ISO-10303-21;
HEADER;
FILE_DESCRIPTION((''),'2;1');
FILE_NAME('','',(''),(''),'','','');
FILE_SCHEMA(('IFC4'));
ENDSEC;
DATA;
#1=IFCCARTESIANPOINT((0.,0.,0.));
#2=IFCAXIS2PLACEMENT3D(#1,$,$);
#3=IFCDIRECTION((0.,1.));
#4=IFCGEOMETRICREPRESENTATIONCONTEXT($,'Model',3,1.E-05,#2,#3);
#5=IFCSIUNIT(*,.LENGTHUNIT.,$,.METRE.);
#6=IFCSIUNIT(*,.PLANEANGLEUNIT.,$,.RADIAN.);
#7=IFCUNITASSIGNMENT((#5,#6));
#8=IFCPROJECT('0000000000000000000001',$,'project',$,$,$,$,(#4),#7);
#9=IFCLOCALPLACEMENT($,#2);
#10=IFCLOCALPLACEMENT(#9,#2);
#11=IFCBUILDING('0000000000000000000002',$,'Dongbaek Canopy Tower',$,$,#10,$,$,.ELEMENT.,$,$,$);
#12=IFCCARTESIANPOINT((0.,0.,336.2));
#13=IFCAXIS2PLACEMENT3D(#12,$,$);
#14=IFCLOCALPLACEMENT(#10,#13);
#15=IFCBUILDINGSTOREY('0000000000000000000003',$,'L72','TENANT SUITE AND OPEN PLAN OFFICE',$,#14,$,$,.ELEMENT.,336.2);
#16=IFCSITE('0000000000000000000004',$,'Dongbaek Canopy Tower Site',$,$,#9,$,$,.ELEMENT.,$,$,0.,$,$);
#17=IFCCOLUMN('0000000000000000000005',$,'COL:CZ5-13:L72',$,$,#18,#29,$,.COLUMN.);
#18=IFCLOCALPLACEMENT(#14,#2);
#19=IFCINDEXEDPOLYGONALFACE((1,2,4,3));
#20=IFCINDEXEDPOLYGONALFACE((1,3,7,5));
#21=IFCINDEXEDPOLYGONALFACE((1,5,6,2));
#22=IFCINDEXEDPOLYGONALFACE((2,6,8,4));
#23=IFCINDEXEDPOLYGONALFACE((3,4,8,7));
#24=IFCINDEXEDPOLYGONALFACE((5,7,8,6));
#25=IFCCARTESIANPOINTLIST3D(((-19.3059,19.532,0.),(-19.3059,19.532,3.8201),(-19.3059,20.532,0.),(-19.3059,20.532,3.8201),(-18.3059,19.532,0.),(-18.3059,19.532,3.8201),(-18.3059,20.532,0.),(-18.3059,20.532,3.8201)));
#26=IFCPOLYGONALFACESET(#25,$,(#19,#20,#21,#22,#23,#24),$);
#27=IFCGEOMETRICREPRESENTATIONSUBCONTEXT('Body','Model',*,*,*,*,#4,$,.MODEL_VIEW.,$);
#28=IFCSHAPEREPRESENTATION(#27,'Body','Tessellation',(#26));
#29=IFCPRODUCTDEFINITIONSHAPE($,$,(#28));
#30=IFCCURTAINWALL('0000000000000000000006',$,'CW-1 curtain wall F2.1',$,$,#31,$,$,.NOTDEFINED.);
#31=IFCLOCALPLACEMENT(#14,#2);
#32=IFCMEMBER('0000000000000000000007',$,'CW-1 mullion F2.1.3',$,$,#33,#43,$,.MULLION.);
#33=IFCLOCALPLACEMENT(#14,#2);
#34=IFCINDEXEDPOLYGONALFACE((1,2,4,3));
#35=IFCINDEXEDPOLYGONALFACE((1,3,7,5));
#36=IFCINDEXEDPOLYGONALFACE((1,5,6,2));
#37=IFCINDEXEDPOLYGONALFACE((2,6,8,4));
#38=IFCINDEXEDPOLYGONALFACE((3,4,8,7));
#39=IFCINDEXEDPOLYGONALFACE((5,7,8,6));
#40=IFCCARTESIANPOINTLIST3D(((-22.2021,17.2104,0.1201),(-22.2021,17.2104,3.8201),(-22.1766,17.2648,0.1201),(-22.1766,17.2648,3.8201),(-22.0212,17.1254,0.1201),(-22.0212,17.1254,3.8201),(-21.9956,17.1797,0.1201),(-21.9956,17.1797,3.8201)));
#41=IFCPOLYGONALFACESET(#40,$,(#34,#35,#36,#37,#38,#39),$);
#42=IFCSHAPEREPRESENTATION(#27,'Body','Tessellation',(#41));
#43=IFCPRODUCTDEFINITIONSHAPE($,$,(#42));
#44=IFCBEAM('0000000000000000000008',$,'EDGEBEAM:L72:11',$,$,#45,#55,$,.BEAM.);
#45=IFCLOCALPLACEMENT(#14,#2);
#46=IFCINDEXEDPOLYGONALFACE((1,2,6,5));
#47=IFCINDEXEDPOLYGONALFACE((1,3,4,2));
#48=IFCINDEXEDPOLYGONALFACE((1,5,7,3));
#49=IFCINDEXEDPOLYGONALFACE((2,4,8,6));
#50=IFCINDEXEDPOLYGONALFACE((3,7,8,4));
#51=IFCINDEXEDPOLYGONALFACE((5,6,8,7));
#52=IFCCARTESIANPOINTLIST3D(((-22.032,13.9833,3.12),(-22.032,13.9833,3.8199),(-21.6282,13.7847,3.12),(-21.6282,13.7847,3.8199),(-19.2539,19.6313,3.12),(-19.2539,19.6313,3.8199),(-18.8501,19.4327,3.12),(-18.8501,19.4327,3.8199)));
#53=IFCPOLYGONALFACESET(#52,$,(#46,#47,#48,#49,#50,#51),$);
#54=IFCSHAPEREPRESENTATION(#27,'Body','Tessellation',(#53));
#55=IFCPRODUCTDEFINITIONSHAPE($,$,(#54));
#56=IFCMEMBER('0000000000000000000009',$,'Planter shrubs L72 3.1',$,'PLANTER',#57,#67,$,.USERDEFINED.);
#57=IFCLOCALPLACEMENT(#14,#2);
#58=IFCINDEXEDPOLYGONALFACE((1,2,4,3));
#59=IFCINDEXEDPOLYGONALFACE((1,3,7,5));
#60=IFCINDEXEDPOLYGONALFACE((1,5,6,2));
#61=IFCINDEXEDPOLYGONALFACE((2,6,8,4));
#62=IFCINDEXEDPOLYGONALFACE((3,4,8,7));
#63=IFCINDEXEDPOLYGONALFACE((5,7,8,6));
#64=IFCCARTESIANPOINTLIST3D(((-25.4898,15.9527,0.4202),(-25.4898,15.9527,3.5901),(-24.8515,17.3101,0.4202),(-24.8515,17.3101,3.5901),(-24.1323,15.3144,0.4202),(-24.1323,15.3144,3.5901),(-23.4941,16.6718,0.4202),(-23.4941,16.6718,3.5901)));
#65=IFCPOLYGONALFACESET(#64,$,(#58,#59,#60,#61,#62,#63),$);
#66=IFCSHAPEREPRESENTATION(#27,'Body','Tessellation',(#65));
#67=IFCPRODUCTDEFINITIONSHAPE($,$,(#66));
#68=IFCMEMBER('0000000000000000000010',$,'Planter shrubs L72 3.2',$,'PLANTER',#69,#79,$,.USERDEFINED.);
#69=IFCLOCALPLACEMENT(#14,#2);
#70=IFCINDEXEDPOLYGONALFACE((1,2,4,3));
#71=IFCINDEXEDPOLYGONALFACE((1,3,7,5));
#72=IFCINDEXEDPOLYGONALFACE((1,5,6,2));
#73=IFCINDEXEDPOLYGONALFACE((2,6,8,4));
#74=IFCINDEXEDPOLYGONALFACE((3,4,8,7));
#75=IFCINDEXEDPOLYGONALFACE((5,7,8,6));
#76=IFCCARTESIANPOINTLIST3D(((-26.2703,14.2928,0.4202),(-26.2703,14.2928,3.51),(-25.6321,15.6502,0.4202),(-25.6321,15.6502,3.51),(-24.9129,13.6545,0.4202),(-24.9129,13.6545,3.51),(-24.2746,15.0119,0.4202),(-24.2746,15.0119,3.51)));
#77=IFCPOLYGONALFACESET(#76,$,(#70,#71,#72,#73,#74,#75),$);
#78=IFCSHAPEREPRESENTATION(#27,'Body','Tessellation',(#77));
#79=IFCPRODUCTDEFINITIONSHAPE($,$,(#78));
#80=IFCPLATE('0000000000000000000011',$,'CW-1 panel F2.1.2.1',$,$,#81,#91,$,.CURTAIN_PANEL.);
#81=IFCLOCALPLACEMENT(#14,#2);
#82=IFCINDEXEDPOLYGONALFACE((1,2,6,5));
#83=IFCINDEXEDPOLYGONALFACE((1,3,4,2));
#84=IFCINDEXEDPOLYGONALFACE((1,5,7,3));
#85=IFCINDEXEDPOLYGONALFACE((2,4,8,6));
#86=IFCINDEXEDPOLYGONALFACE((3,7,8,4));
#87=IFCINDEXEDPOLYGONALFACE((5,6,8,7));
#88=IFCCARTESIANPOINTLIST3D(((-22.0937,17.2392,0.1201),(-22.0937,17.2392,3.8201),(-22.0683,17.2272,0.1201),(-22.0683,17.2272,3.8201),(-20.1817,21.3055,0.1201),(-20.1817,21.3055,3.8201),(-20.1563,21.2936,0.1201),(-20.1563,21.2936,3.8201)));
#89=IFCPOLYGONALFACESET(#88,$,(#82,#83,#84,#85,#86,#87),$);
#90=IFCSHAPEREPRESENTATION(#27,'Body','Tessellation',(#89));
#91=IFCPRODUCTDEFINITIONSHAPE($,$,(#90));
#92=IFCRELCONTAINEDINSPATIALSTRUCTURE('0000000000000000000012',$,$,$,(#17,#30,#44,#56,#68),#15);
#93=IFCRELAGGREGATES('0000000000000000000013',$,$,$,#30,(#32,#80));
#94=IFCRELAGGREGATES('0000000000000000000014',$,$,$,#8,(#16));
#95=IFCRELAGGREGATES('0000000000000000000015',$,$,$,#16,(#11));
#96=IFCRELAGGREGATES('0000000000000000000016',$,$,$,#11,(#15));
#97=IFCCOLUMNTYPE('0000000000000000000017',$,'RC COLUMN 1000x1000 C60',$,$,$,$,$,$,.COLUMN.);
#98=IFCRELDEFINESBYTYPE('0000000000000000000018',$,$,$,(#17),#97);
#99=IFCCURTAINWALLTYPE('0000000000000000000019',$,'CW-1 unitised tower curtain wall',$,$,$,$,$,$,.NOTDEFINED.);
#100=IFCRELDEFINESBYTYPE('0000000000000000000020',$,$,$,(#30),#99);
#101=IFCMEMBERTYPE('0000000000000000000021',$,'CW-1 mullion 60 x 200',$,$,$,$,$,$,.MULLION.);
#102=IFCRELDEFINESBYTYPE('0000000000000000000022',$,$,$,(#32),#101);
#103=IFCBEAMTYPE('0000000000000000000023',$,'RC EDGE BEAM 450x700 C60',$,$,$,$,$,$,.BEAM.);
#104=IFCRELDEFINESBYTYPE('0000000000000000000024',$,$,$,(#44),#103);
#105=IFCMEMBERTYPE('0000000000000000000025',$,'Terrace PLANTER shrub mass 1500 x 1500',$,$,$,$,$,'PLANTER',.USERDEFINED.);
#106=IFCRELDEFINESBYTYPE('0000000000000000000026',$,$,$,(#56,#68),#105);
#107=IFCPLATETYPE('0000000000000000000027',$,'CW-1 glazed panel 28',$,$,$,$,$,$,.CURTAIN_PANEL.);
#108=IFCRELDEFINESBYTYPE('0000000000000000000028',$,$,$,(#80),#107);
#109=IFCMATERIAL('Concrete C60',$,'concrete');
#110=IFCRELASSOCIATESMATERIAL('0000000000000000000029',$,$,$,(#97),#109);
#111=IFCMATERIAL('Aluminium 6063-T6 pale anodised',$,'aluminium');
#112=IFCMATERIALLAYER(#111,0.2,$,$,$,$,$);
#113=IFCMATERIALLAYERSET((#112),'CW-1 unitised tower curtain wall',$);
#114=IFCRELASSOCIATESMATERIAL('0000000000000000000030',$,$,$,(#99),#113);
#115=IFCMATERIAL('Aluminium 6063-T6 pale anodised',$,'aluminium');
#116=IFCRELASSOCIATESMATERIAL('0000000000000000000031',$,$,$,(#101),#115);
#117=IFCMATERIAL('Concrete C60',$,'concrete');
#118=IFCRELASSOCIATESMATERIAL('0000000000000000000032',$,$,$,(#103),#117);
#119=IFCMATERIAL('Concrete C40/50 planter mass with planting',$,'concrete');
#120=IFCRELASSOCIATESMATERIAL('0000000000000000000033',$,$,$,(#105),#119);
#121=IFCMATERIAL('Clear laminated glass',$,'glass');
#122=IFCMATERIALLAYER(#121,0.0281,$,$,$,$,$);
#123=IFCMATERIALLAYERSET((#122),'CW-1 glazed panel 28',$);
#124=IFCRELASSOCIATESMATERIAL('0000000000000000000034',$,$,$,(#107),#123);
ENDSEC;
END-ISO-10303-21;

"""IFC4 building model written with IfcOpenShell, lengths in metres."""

from ifc_helpers import new_model, si_unit, direction, frame, origin, origin_2d, place, context, subcontext, project, spatial, rectangle, extrude, material, layer, layer_set, material_profile, profile_set, type_object, element, aggregate, save


model = new_model("IFC4")

# Units and contexts
model_context = context("Model", 3, precision=1e-05, world=origin(), true_north=direction((0.0, 1.0)))
body_context = subcontext(model_context, "Body", "Model", "MODEL_VIEW")
ifc_project = project(units=[si_unit("LENGTHUNIT", "METRE"), si_unit("PLANEANGLEUNIT", "RADIAN")], contexts=[model_context])

# Site, building, storey
site_placement = place(None, origin())
site = spatial("IfcSite", under=ifc_project, at=site_placement, Name="Dongbaek Canopy Tower Site", CompositionType="ELEMENT", RefElevation=0.0)
building_placement = place(site_placement, origin())
building = spatial("IfcBuilding", under=site, at=building_placement, Name="Dongbaek Canopy Tower", CompositionType="ELEMENT")
storey_placement = place(building_placement, frame((0.0, 0.0, 336.2)))
storey = spatial("IfcBuildingStorey", under=building, at=storey_placement, Name="L72", Description="TENANT SUITE AND OPEN PLAN OFFICE", CompositionType="ELEMENT", Elevation=336.2)

# Column
ifc_material_1 = material(Name="Concrete C60", Category="concrete")
ifc_material_profile_1 = material_profile(ifc_material_1, rectangle(XDim=1.0, YDim=1.0, at=origin_2d()), Name="RC COLUMN 1000x1000 C60")
ifc_profile_set_1 = profile_set([ifc_material_profile_1], Name="Concrete C60")
column_type = type_object("IfcColumnType", Name="RC COLUMN 1000x1000 C60", PredefinedType="COLUMN", material=ifc_profile_set_1)
column_placement = place(storey_placement, frame((-18.8059, 20.032, 0.0), z_axis=(0.0, 0.0, 1.0), x_axis=(1.0, 0.0, 0.0)))
element("IfcColumn", 1, at=column_placement, inside=storey, type_object=column_type, Name="COL:CZ5-13:L72", PredefinedType="COLUMN", context=body_context, shape_type="SweptSolid", body=[
    extrude(rectangle(XDim=1.0, YDim=1.0, at=origin_2d()), origin(), (0.0, 0.0, 1.0), 3.8201),
])

# Curtain wall, member
ifc_material_2 = material(Name="Aluminium 6063-T6 pale anodised", Category="aluminium")
ifc_layer_1 = layer(ifc_material_2, 0.2)
ifc_layer_set_1 = layer_set([ifc_layer_1], Name="CW-1 unitised tower curtain wall")
curtain_wall_type = type_object("IfcCurtainWallType", Name="CW-1 unitised tower curtain wall", PredefinedType="NOTDEFINED", material=ifc_layer_set_1)
curtain_wall_placement = place(storey_placement, origin())
curtain_wall = element("IfcCurtainWall", 2, at=curtain_wall_placement, inside=storey, type_object=curtain_wall_type, Name="CW-1 curtain wall F2.1", PredefinedType="NOTDEFINED")
ifc_material_3 = material(Name="Aluminium 6063-T6 pale anodised", Category="aluminium")
ifc_material_profile_2 = material_profile(ifc_material_3, rectangle(XDim=0.2, YDim=0.0601, at=origin_2d()), Name="CW-1 mullion 60 x 200")
ifc_profile_set_2 = profile_set([ifc_material_profile_2], Name="Aluminium 6063-T6 pale anodised")
member_type_1 = type_object("IfcMemberType", Name="CW-1 mullion 60 x 200", PredefinedType="MULLION", material=ifc_profile_set_2)
member_1_placement = place(storey_placement, frame((-22.0989, 17.1951, 0.1201), z_axis=(0.0, 0.0, 1.0), x_axis=(-0.904958, 0.4255, 0.0)))
member_1 = element("IfcMember", 3, at=member_1_placement, type_object=member_type_1, Name="CW-1 mullion F2.1.3", PredefinedType="MULLION", context=body_context, shape_type="SweptSolid", body=[
    extrude(rectangle(XDim=0.2, YDim=0.0601, at=origin_2d()), origin(), (0.0, 0.0, 1.0), 3.7),
])

# Beam
ifc_material_4 = material(Name="Concrete C60", Category="concrete")
ifc_material_profile_3 = material_profile(ifc_material_4, rectangle(XDim=0.45, YDim=0.7, at=origin_2d()), Name="RC EDGE BEAM 450x700 C60")
ifc_profile_set_3 = profile_set([ifc_material_profile_3], Name="Concrete C60")
beam_type = type_object("IfcBeamType", Name="RC EDGE BEAM 450x700 C60", PredefinedType="BEAM", material=ifc_profile_set_3)
beam_placement = place(storey_placement, frame((-21.8301, 13.884, 3.47), z_axis=(0.44137, 0.897325, 0.0), x_axis=(-0.897325, 0.44137, 0.0)))
element("IfcBeam", 4, at=beam_placement, inside=storey, type_object=beam_type, Name="EDGEBEAM:L72:11", PredefinedType="BEAM", context=body_context, shape_type="SweptSolid", body=[
    extrude(rectangle(XDim=0.45, YDim=0.7, at=origin_2d()), origin(), (0.0, 0.0, 1.0), 6.2942),
])

# Members
ifc_material_5 = material(Name="Concrete C40/50 planter mass with planting", Category="concrete")
ifc_material_profile_4 = material_profile(ifc_material_5, rectangle(XDim=1.5, YDim=1.5, at=origin_2d()), Name="Terrace PLANTER shrub mass 1500 x 1500")
ifc_profile_set_4 = profile_set([ifc_material_profile_4], Name="Concrete C40/50 planter mass with planting")
member_type_2 = type_object("IfcMemberType", Name="Terrace PLANTER shrub mass 1500 x 1500", ElementType="PLANTER", PredefinedType="USERDEFINED", material=ifc_profile_set_4)
member_2_placement = place(storey_placement, frame((-24.4919, 16.3123, 0.4202), z_axis=(0.0, 0.0, 1.0), x_axis=(-0.904958, 0.4255, 0.0)))
element("IfcMember", 5, at=member_2_placement, inside=storey, type_object=member_type_2, Name="Planter shrubs L72 3.1", ObjectType="PLANTER", PredefinedType="USERDEFINED", context=body_context, shape_type="SweptSolid", body=[
    extrude(rectangle(XDim=1.5, YDim=1.5, at=origin_2d()), origin(), (0.0, 0.0, 1.0), 3.1699),
])
member_3_placement = place(storey_placement, frame((-25.2725, 14.6523, 0.4202), z_axis=(0.0, 0.0, 1.0), x_axis=(-0.904958, 0.4255, 0.0)))
element("IfcMember", 6, at=member_3_placement, inside=storey, type_object=member_type_2, Name="Planter shrubs L72 3.2", ObjectType="PLANTER", PredefinedType="USERDEFINED", context=body_context, shape_type="SweptSolid", body=[
    extrude(rectangle(XDim=1.5, YDim=1.5, at=origin_2d()), origin(), (0.0, 0.0, 1.0), 3.0898),
])

# Plate
ifc_material_6 = material(Name="Clear laminated glass", Category="glass")
ifc_layer_2 = layer(ifc_material_6, 0.0281)
ifc_layer_set_2 = layer_set([ifc_layer_2], Name="CW-1 glazed panel 28")
plate_type = type_object("IfcPlateType", Name="CW-1 glazed panel 28", PredefinedType="CURTAIN_PANEL", material=ifc_layer_set_2)
plate_placement = place(storey_placement, frame((-21.125, 19.2664, 0.1201), z_axis=(0.0, 0.0, 1.0), x_axis=(-0.4255, -0.904958, 0.0)))
plate = element("IfcPlate", 7, at=plate_placement, type_object=plate_type, Name="CW-1 panel F2.1.2.1", PredefinedType="CURTAIN_PANEL", context=body_context, shape_type="SweptSolid", body=[
    extrude(rectangle(XDim=4.4934, YDim=0.0281, at=origin_2d()), origin(), (0.0, 0.0, 1.0), 3.7),
])
aggregate(curtain_wall, [member_1, plate])

save(model, "model.ifc")
